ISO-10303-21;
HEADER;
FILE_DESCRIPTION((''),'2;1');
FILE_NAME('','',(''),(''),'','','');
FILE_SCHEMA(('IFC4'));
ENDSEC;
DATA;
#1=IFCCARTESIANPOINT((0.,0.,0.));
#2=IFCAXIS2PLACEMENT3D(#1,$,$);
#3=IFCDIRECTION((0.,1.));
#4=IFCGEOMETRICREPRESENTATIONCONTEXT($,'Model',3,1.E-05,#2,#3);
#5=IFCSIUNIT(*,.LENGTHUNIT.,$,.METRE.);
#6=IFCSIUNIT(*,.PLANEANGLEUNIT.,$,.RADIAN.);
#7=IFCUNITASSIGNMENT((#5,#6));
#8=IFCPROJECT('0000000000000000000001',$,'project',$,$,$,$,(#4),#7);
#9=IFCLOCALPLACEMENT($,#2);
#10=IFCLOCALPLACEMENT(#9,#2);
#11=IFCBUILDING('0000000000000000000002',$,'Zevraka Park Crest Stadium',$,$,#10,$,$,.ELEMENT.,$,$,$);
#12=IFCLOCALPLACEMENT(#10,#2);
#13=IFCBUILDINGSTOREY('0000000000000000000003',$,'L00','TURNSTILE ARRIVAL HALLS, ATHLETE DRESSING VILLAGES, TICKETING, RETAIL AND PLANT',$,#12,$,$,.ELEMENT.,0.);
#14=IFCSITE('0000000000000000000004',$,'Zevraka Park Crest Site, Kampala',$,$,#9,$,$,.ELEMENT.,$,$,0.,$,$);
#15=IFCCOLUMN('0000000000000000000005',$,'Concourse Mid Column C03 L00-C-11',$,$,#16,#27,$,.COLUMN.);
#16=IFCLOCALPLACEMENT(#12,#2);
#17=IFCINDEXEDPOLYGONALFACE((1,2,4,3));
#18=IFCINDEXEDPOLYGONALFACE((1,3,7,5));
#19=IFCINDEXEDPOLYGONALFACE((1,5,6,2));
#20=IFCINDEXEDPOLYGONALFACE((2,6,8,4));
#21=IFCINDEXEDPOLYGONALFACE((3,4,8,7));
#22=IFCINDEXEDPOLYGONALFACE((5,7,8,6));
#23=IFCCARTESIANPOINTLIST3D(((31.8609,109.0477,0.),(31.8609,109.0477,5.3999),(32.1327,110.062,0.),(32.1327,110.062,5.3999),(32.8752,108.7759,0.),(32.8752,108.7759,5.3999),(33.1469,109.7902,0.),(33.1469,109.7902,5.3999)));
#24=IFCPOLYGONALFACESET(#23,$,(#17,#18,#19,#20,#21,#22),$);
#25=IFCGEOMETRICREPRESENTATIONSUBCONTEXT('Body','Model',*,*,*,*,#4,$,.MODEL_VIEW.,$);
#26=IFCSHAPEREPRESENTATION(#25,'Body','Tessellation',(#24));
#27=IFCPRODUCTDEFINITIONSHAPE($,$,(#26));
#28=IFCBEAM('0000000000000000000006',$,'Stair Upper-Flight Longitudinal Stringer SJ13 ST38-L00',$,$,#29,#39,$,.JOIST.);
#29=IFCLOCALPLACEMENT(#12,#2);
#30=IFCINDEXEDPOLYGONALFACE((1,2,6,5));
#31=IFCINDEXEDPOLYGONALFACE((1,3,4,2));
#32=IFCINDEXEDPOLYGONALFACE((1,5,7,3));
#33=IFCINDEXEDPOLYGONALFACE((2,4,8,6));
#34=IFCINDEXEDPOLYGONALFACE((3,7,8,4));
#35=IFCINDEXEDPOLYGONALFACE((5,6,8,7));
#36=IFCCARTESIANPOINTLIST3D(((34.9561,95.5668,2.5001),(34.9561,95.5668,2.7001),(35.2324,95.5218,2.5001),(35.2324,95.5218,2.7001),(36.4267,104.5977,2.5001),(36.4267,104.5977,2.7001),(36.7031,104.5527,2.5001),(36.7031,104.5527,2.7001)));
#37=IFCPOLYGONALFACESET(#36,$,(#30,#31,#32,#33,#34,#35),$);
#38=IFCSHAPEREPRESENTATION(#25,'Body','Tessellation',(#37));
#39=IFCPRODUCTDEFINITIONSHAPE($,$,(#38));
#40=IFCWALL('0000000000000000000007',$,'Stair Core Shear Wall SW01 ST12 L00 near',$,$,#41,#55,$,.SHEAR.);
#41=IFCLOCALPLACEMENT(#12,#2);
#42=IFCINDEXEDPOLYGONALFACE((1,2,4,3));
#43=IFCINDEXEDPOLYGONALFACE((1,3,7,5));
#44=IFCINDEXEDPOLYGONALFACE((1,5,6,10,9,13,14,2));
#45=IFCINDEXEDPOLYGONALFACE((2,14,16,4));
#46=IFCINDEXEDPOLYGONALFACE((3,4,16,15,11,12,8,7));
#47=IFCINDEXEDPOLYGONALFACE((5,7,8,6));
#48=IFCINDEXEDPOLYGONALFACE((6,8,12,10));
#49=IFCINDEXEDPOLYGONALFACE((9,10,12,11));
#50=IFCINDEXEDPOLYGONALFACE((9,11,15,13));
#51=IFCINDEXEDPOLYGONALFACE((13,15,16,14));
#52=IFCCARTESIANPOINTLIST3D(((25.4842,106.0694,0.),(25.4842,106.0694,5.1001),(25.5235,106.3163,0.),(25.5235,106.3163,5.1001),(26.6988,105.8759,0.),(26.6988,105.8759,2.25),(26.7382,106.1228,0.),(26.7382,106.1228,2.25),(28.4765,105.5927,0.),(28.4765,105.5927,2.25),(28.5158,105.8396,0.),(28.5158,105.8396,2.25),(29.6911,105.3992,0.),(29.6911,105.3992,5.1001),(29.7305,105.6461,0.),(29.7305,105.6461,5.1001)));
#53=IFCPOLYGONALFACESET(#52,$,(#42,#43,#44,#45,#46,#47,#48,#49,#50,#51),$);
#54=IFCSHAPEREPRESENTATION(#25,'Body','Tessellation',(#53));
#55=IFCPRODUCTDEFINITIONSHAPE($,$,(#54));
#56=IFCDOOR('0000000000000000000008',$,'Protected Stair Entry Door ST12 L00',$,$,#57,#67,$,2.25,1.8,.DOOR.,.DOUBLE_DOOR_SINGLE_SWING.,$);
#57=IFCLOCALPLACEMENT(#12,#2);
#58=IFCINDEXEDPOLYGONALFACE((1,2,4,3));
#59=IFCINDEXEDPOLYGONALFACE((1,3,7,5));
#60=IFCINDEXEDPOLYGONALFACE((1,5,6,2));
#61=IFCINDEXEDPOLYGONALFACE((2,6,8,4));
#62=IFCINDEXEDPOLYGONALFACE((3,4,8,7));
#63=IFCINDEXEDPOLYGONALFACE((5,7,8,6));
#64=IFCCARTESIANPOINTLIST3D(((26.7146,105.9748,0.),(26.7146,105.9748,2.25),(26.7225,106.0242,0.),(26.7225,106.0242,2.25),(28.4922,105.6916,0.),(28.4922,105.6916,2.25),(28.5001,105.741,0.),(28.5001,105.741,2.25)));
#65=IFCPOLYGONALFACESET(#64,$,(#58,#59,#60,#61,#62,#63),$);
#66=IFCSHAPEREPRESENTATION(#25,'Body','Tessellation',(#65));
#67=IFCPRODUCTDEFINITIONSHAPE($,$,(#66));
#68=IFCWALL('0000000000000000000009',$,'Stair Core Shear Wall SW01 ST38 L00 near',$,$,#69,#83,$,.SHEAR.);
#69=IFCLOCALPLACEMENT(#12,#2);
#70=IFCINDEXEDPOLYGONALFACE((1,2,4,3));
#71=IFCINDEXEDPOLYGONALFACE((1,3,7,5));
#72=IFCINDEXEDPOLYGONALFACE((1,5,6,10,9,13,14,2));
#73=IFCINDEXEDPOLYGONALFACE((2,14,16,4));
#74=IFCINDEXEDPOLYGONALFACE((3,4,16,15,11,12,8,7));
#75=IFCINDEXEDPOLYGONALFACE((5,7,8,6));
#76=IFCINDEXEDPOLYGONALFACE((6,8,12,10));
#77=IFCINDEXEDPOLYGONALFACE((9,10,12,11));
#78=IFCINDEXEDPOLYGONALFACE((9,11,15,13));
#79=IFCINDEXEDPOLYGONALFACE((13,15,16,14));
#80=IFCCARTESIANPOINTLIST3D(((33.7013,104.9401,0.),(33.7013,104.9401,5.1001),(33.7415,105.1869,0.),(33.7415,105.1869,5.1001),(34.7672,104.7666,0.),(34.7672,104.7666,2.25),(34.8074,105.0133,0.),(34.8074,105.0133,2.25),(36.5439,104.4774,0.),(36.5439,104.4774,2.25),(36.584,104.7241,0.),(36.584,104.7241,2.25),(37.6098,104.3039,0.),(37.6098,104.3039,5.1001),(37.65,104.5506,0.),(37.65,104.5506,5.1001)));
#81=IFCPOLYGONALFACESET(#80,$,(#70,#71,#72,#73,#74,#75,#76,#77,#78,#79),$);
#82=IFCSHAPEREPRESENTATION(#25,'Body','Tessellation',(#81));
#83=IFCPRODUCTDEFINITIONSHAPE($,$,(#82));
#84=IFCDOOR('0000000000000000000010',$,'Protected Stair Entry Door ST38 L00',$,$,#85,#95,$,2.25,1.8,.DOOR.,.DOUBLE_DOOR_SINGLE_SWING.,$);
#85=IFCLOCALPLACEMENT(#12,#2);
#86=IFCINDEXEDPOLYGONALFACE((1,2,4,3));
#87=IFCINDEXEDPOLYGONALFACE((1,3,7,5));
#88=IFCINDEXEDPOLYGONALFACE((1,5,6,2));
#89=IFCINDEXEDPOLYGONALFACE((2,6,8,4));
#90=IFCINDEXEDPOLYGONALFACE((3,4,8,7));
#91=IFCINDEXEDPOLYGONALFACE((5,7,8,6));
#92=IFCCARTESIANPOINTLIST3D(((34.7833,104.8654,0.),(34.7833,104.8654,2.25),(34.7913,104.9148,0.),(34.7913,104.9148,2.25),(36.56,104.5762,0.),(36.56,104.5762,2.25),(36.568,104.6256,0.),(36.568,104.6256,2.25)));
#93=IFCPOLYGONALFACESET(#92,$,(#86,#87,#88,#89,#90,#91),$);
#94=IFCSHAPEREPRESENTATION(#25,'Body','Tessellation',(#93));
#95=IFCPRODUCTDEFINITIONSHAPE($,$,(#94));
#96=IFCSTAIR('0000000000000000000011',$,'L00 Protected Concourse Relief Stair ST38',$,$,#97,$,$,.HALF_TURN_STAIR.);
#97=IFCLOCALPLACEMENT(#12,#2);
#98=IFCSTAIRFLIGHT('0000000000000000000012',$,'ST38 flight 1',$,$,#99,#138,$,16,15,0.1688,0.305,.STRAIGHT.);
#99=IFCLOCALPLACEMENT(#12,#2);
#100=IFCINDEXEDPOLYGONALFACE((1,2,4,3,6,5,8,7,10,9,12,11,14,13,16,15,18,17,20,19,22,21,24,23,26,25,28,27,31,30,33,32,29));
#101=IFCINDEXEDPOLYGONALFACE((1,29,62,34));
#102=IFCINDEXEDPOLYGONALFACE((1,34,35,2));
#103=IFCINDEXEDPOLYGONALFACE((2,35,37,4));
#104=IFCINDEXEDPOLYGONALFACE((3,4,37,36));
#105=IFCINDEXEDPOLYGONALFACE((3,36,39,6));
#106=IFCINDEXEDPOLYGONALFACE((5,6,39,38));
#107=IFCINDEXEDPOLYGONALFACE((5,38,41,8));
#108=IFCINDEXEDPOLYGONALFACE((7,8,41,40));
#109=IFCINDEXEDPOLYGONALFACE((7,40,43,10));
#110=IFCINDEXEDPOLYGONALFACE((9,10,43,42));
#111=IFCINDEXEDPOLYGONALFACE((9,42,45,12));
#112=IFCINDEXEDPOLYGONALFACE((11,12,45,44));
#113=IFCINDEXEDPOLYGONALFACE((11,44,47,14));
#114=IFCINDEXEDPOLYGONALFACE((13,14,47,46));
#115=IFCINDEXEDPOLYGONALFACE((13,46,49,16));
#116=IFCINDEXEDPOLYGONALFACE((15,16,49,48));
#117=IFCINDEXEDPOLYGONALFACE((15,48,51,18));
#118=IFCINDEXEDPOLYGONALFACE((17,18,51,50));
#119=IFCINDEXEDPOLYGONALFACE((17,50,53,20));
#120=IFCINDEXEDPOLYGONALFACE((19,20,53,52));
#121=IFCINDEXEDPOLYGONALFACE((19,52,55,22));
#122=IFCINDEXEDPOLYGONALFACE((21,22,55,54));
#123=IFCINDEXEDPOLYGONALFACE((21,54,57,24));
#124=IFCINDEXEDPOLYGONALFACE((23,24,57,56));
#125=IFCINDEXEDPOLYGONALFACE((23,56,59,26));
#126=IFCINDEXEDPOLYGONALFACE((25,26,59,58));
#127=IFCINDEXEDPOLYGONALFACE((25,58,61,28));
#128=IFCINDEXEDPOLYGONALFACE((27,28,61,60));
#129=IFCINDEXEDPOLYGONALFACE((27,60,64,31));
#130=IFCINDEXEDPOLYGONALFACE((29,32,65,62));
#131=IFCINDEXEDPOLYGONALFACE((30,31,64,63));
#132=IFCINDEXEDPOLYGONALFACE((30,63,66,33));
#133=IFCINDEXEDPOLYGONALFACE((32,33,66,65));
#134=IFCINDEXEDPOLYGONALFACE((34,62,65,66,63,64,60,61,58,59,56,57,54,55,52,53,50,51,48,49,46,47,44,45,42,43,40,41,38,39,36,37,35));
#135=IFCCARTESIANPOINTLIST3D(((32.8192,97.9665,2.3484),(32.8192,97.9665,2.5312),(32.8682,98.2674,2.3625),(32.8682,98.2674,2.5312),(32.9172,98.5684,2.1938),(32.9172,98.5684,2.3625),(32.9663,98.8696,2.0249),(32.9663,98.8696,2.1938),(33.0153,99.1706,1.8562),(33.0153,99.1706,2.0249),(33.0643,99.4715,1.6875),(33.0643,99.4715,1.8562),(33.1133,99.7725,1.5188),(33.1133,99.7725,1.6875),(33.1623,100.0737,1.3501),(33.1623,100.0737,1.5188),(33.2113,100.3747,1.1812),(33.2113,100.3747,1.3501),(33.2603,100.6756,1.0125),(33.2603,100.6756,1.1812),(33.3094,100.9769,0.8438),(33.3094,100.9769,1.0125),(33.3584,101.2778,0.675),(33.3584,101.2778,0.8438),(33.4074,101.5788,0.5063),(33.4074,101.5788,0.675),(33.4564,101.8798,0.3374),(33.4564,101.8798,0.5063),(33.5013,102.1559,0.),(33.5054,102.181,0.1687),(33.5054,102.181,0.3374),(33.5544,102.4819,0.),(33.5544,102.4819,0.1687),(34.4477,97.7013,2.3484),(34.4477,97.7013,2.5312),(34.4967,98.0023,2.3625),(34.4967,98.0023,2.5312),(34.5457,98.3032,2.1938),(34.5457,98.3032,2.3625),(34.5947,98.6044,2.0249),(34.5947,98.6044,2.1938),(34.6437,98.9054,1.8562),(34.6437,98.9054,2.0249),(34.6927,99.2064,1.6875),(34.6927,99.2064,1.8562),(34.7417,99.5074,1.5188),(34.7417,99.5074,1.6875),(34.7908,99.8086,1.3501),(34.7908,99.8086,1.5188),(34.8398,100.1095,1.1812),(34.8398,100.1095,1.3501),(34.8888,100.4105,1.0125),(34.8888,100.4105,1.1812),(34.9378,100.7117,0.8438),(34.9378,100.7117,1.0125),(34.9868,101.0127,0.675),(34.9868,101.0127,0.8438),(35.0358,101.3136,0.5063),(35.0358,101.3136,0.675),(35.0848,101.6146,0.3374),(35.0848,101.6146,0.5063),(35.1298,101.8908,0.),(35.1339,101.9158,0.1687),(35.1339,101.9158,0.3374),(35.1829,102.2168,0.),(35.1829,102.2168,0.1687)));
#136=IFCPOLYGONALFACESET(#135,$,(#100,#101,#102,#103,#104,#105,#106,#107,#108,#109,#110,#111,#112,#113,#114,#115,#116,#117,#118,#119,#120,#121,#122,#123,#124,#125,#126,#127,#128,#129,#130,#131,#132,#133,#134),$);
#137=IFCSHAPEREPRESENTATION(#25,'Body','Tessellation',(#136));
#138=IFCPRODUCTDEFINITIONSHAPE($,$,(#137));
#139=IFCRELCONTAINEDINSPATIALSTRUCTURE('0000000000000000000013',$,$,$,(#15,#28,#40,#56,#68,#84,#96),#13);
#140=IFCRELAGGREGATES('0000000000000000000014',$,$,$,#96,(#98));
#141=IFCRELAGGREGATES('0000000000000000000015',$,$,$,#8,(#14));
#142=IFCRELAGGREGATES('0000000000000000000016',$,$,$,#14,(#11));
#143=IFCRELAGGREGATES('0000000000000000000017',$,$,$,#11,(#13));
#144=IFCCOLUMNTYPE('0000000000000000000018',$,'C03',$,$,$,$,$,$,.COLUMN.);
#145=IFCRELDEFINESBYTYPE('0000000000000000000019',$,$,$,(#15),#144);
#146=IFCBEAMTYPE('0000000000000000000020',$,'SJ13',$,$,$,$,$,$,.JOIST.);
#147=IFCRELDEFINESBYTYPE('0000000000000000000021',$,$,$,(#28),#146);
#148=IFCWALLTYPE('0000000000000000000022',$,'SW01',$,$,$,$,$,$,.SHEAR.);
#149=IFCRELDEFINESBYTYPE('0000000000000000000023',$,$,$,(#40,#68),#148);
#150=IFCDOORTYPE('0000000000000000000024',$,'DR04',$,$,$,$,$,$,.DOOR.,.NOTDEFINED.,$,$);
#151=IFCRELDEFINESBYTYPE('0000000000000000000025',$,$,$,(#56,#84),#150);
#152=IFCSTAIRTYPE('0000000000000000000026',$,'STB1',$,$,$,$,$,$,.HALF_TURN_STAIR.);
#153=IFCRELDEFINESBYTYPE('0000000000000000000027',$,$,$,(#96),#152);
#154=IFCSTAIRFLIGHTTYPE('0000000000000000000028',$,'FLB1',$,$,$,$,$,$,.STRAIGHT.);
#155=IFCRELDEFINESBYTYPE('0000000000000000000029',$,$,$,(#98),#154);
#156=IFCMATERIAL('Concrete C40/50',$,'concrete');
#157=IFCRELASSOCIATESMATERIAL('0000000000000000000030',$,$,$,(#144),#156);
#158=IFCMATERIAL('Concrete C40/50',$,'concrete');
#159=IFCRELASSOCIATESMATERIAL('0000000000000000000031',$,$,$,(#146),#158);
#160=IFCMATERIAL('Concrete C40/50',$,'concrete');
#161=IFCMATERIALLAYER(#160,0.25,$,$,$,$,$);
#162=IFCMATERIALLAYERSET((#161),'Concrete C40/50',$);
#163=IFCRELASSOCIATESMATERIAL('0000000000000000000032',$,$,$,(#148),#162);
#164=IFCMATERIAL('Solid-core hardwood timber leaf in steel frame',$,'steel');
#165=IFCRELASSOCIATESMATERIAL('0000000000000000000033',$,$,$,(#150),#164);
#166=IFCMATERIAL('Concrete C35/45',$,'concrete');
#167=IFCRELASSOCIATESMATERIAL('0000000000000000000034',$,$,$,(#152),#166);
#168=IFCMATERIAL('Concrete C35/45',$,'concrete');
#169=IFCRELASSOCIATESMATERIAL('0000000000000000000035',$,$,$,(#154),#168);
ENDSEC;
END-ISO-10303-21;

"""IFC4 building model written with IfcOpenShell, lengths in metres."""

from ifc_helpers import new_model, si_unit, direction, frame, frame_2d, origin, origin_2d, place, context, subcontext, project, spatial, polyline, rectangle, outline, extrude, material, layer, layer_set, material_profile, profile_set, type_object, element, fill, aggregate, save


model = new_model("IFC4")

# Units and contexts
model_context = context("Model", 3, precision=1e-05, world=origin(), true_north=direction((0.0, 1.0)))
body_context = subcontext(model_context, "Body", "Model", "MODEL_VIEW")
ifc_project = project(units=[si_unit("LENGTHUNIT", "METRE"), si_unit("PLANEANGLEUNIT", "RADIAN")], contexts=[model_context])

# Site, building, storey
site_placement = place(None, origin())
site = spatial("IfcSite", under=ifc_project, at=site_placement, Name="Zevraka Park Crest Site, Kampala", CompositionType="ELEMENT", RefElevation=0.0)
building_placement = place(site_placement, origin())
building = spatial("IfcBuilding", under=site, at=building_placement, Name="Zevraka Park Crest Stadium", CompositionType="ELEMENT")
storey_placement = place(building_placement, origin())
storey = spatial("IfcBuildingStorey", under=building, at=storey_placement, Name="L00", Description="TURNSTILE ARRIVAL HALLS, ATHLETE DRESSING VILLAGES, TICKETING, RETAIL AND PLANT", CompositionType="ELEMENT", Elevation=0.0)

# Column
ifc_material_1 = material(Name="Concrete C40/50", Category="concrete")
ifc_material_profile_1 = material_profile(ifc_material_1, rectangle(XDim=1.05, YDim=1.05, at=origin_2d()), Name="RC 1050x1050")
ifc_profile_set_1 = profile_set([ifc_material_profile_1], Name="Concrete C40/50")
column_type_1 = type_object("IfcColumnType", Name="C03", PredefinedType="COLUMN", material=ifc_profile_set_1)
column_1_placement = place(storey_placement, frame((32.5039, 109.4189, 0.0), z_axis=(0.0, 0.0, 1.0), x_axis=(-0.965926, 0.258819, 0.0)))
element("IfcColumn", 1, at=column_1_placement, inside=storey, type_object=column_type_1, Name="Concourse Mid Column C03 L00-C-11", PredefinedType="COLUMN", context=body_context, shape_type="SweptSolid", body=[
    extrude(rectangle(XDim=1.05, YDim=1.05, at=origin_2d()), origin(), (0.0, 0.0, 1.0), 5.3999),
])

# Beam
ifc_material_2 = material(Name="Concrete C40/50", Category="concrete")
ifc_material_profile_2 = material_profile(ifc_material_2, rectangle(XDim=0.28, YDim=0.2, at=origin_2d()), Name="RC 200x280")
ifc_profile_set_2 = profile_set([ifc_material_profile_2], Name="Concrete C40/50")
beam_type = type_object("IfcBeamType", Name="SJ13", PredefinedType="JOIST", material=ifc_profile_set_2)
beam_placement = place(storey_placement, frame((36.5649, 104.5752, 2.6001), z_axis=(-0.160733, -0.986998, 0.0), x_axis=(0.986998, -0.160733, 0.0)))
element("IfcBeam", 2, at=beam_placement, inside=storey, type_object=beam_type, Name="Stair Upper-Flight Longitudinal Stringer SJ13 ST38-L00", PredefinedType="JOIST", context=body_context, shape_type="SweptSolid", body=[
    extrude(rectangle(XDim=0.28, YDim=0.2, at=origin_2d()), origin(), (0.0, 0.0, 1.0), 9.1499),
])

# Walls, openings, doors
ifc_material_3 = material(Name="Concrete C40/50", Category="concrete")
ifc_layer = layer(ifc_material_3, 0.25)
ifc_layer_set = layer_set([ifc_layer], Name="Concrete C40/50")
wall_type = type_object("IfcWallType", Name="SW01", PredefinedType="SHEAR", material=ifc_layer_set)
wall_1_placement = place(storey_placement, frame((29.7107, 105.5227, 0.0), z_axis=(0.0, 0.0, 1.0), x_axis=(-0.987549, 0.157313, 0.0)))
wall_1 = element("IfcWall", 3, at=wall_1_placement, inside=storey, type_object=wall_type, Name="Stair Core Shear Wall SW01 ST12 L00 near", PredefinedType="SHEAR", context=body_context, shape_type="SweptSolid", body=[
    extrude(rectangle(XDim=4.26, YDim=0.25, at=frame_2d((2.1299, 0.0))), origin(), (0.0, 0.0, 1.0), 5.1001),
])
opening_1_placement = place(wall_1_placement, frame((1.23, 0.0, 0.0)))
opening_1 = element("IfcOpeningElement", 4, at=opening_1_placement, cuts=wall_1, PredefinedType="OPENING", context=body_context, shape_type="SweptSolid", body=[
    extrude(rectangle(XDim=1.8, YDim=2.25, at=frame_2d((0.8999, 1.125))), frame((0.0, 0.135, 0.0), z_axis=(0.0, -1.0, 0.0), x_axis=(1.0, 0.0, 0.0)), (0.0, 0.0, 1.0), 0.27),
])
ifc_material_4 = material(Name="Solid-core hardwood timber leaf in steel frame", Category="steel")
door_type = type_object("IfcDoorType", Name="DR04", OperationType="NOTDEFINED", PredefinedType="DOOR", material=ifc_material_4)
door_1_placement = place(opening_1_placement, origin())
door_1 = element("IfcDoor", 5, at=door_1_placement, inside=storey, type_object=door_type, Name="Protected Stair Entry Door ST12 L00", OperationType="DOUBLE_DOOR_SINGLE_SWING", OverallHeight=2.25, OverallWidth=1.8, PredefinedType="DOOR", context=body_context, shape_type="SweptSolid", body=[
    extrude(rectangle(XDim=1.8, YDim=2.25, at=frame_2d((0.8999, 1.125))), frame((0.0, 0.0249, 0.0), z_axis=(0.0, -1.0, 0.0), x_axis=(1.0, 0.0, 0.0)), (0.0, 0.0, 1.0), 0.05),
])
fill(opening_1, door_1)
wall_2_placement = place(storey_placement, frame((37.6299, 104.4272, 0.0), z_axis=(0.0, 0.0, 1.0), x_axis=(-0.987008, 0.160669, 0.0)))
wall_2 = element("IfcWall", 6, at=wall_2_placement, inside=storey, type_object=wall_type, Name="Stair Core Shear Wall SW01 ST38 L00 near", PredefinedType="SHEAR", context=body_context, shape_type="SweptSolid", body=[
    extrude(rectangle(XDim=3.96, YDim=0.25, at=frame_2d((1.98, 0.0))), origin(), (0.0, 0.0, 1.0), 5.1001),
])
opening_2_placement = place(wall_2_placement, frame((1.0801, 0.0, 0.0)))
opening_2 = element("IfcOpeningElement", 7, at=opening_2_placement, cuts=wall_2, PredefinedType="OPENING", context=body_context, shape_type="SweptSolid", body=[
    extrude(rectangle(XDim=1.8, YDim=2.25, at=frame_2d((0.8999, 1.125))), frame((0.0, 0.135, 0.0), z_axis=(0.0, -1.0, 0.0), x_axis=(1.0, 0.0, 0.0)), (0.0, 0.0, 1.0), 0.27),
])
door_2_placement = place(opening_2_placement, origin())
door_2 = element("IfcDoor", 8, at=door_2_placement, inside=storey, type_object=door_type, Name="Protected Stair Entry Door ST38 L00", OperationType="DOUBLE_DOOR_SINGLE_SWING", OverallHeight=2.25, OverallWidth=1.8, PredefinedType="DOOR", context=body_context, shape_type="SweptSolid", body=[
    extrude(rectangle(XDim=1.8, YDim=2.25, at=frame_2d((0.8999, 1.125))), frame((0.0, 0.0249, 0.0), z_axis=(0.0, -1.0, 0.0), x_axis=(1.0, 0.0, 0.0)), (0.0, 0.0, 1.0), 0.05),
])
fill(opening_2, door_2)

# Stair, stair flight
ifc_material_5 = material(Name="Concrete C35/45", Category="concrete")
stair_type = type_object("IfcStairType", Name="STB1", PredefinedType="HALF_TURN_STAIR", material=ifc_material_5)
stair_placement = place(storey_placement, origin())
stair = element("IfcStair", 9, at=stair_placement, inside=storey, type_object=stair_type, Name="L00 Protected Concourse Relief Stair ST38", PredefinedType="HALF_TURN_STAIR")
ifc_material_6 = material(Name="Concrete C35/45", Category="concrete")
stair_flight_type = type_object("IfcStairFlightType", Name="FLB1", PredefinedType="STRAIGHT", material=ifc_material_6)
stair_flight_placement = place(storey_placement, frame((34.3687, 102.3494, 0.0), z_axis=(0.0, 0.0, 1.0), x_axis=(-0.160706, -0.987002, 0.0)))
stair_flight = element("IfcStairFlight", 10, at=stair_flight_placement, type_object=stair_flight_type, Name="ST38 flight 1", NumberOfRisers=16, NumberOfTreads=15, PredefinedType="STRAIGHT", RiserHeight=0.1688, TreadLength=0.305, context=body_context, shape_type="SweptSolid", body=[
    extrude(outline(polyline([(0.0, 0.0), (0.0, 0.1687), (0.3049, 0.1687), (0.3049, 0.3374), (0.6101, 0.3374), (0.6101, 0.5063), (0.915, 0.5063), (0.915, 0.675), (1.22, 0.675), (1.22, 0.8438), (1.5249, 0.8438), (1.5249, 1.0125), (1.8301, 1.0125), (1.8301, 1.1812), (2.135, 1.1812), (2.135, 1.3501), (2.4399, 1.3501), (2.4399, 1.5188), (2.7451, 1.5188), (2.7451, 1.6875), (3.05, 1.6875), (3.05, 1.8562), (3.355, 1.8562), (3.355, 2.0249), (3.6599, 2.0249), (3.6599, 2.1938), (3.9651, 2.1938), (3.9651, 2.3625), (4.27, 2.3625), (4.27, 2.5312), (4.575, 2.5312), (4.575, 2.7), (4.575, 2.3484), (0.3303, 0.0), (0.0, 0.0)])), frame((0.0, 0.825, 0.0), z_axis=(0.0, -1.0, 0.0), x_axis=(1.0, 0.0, 0.0)), (0.0, 0.0, 1.0), 1.6499),
])
aggregate(stair, [stair_flight])

save(model, "model.ifc")
